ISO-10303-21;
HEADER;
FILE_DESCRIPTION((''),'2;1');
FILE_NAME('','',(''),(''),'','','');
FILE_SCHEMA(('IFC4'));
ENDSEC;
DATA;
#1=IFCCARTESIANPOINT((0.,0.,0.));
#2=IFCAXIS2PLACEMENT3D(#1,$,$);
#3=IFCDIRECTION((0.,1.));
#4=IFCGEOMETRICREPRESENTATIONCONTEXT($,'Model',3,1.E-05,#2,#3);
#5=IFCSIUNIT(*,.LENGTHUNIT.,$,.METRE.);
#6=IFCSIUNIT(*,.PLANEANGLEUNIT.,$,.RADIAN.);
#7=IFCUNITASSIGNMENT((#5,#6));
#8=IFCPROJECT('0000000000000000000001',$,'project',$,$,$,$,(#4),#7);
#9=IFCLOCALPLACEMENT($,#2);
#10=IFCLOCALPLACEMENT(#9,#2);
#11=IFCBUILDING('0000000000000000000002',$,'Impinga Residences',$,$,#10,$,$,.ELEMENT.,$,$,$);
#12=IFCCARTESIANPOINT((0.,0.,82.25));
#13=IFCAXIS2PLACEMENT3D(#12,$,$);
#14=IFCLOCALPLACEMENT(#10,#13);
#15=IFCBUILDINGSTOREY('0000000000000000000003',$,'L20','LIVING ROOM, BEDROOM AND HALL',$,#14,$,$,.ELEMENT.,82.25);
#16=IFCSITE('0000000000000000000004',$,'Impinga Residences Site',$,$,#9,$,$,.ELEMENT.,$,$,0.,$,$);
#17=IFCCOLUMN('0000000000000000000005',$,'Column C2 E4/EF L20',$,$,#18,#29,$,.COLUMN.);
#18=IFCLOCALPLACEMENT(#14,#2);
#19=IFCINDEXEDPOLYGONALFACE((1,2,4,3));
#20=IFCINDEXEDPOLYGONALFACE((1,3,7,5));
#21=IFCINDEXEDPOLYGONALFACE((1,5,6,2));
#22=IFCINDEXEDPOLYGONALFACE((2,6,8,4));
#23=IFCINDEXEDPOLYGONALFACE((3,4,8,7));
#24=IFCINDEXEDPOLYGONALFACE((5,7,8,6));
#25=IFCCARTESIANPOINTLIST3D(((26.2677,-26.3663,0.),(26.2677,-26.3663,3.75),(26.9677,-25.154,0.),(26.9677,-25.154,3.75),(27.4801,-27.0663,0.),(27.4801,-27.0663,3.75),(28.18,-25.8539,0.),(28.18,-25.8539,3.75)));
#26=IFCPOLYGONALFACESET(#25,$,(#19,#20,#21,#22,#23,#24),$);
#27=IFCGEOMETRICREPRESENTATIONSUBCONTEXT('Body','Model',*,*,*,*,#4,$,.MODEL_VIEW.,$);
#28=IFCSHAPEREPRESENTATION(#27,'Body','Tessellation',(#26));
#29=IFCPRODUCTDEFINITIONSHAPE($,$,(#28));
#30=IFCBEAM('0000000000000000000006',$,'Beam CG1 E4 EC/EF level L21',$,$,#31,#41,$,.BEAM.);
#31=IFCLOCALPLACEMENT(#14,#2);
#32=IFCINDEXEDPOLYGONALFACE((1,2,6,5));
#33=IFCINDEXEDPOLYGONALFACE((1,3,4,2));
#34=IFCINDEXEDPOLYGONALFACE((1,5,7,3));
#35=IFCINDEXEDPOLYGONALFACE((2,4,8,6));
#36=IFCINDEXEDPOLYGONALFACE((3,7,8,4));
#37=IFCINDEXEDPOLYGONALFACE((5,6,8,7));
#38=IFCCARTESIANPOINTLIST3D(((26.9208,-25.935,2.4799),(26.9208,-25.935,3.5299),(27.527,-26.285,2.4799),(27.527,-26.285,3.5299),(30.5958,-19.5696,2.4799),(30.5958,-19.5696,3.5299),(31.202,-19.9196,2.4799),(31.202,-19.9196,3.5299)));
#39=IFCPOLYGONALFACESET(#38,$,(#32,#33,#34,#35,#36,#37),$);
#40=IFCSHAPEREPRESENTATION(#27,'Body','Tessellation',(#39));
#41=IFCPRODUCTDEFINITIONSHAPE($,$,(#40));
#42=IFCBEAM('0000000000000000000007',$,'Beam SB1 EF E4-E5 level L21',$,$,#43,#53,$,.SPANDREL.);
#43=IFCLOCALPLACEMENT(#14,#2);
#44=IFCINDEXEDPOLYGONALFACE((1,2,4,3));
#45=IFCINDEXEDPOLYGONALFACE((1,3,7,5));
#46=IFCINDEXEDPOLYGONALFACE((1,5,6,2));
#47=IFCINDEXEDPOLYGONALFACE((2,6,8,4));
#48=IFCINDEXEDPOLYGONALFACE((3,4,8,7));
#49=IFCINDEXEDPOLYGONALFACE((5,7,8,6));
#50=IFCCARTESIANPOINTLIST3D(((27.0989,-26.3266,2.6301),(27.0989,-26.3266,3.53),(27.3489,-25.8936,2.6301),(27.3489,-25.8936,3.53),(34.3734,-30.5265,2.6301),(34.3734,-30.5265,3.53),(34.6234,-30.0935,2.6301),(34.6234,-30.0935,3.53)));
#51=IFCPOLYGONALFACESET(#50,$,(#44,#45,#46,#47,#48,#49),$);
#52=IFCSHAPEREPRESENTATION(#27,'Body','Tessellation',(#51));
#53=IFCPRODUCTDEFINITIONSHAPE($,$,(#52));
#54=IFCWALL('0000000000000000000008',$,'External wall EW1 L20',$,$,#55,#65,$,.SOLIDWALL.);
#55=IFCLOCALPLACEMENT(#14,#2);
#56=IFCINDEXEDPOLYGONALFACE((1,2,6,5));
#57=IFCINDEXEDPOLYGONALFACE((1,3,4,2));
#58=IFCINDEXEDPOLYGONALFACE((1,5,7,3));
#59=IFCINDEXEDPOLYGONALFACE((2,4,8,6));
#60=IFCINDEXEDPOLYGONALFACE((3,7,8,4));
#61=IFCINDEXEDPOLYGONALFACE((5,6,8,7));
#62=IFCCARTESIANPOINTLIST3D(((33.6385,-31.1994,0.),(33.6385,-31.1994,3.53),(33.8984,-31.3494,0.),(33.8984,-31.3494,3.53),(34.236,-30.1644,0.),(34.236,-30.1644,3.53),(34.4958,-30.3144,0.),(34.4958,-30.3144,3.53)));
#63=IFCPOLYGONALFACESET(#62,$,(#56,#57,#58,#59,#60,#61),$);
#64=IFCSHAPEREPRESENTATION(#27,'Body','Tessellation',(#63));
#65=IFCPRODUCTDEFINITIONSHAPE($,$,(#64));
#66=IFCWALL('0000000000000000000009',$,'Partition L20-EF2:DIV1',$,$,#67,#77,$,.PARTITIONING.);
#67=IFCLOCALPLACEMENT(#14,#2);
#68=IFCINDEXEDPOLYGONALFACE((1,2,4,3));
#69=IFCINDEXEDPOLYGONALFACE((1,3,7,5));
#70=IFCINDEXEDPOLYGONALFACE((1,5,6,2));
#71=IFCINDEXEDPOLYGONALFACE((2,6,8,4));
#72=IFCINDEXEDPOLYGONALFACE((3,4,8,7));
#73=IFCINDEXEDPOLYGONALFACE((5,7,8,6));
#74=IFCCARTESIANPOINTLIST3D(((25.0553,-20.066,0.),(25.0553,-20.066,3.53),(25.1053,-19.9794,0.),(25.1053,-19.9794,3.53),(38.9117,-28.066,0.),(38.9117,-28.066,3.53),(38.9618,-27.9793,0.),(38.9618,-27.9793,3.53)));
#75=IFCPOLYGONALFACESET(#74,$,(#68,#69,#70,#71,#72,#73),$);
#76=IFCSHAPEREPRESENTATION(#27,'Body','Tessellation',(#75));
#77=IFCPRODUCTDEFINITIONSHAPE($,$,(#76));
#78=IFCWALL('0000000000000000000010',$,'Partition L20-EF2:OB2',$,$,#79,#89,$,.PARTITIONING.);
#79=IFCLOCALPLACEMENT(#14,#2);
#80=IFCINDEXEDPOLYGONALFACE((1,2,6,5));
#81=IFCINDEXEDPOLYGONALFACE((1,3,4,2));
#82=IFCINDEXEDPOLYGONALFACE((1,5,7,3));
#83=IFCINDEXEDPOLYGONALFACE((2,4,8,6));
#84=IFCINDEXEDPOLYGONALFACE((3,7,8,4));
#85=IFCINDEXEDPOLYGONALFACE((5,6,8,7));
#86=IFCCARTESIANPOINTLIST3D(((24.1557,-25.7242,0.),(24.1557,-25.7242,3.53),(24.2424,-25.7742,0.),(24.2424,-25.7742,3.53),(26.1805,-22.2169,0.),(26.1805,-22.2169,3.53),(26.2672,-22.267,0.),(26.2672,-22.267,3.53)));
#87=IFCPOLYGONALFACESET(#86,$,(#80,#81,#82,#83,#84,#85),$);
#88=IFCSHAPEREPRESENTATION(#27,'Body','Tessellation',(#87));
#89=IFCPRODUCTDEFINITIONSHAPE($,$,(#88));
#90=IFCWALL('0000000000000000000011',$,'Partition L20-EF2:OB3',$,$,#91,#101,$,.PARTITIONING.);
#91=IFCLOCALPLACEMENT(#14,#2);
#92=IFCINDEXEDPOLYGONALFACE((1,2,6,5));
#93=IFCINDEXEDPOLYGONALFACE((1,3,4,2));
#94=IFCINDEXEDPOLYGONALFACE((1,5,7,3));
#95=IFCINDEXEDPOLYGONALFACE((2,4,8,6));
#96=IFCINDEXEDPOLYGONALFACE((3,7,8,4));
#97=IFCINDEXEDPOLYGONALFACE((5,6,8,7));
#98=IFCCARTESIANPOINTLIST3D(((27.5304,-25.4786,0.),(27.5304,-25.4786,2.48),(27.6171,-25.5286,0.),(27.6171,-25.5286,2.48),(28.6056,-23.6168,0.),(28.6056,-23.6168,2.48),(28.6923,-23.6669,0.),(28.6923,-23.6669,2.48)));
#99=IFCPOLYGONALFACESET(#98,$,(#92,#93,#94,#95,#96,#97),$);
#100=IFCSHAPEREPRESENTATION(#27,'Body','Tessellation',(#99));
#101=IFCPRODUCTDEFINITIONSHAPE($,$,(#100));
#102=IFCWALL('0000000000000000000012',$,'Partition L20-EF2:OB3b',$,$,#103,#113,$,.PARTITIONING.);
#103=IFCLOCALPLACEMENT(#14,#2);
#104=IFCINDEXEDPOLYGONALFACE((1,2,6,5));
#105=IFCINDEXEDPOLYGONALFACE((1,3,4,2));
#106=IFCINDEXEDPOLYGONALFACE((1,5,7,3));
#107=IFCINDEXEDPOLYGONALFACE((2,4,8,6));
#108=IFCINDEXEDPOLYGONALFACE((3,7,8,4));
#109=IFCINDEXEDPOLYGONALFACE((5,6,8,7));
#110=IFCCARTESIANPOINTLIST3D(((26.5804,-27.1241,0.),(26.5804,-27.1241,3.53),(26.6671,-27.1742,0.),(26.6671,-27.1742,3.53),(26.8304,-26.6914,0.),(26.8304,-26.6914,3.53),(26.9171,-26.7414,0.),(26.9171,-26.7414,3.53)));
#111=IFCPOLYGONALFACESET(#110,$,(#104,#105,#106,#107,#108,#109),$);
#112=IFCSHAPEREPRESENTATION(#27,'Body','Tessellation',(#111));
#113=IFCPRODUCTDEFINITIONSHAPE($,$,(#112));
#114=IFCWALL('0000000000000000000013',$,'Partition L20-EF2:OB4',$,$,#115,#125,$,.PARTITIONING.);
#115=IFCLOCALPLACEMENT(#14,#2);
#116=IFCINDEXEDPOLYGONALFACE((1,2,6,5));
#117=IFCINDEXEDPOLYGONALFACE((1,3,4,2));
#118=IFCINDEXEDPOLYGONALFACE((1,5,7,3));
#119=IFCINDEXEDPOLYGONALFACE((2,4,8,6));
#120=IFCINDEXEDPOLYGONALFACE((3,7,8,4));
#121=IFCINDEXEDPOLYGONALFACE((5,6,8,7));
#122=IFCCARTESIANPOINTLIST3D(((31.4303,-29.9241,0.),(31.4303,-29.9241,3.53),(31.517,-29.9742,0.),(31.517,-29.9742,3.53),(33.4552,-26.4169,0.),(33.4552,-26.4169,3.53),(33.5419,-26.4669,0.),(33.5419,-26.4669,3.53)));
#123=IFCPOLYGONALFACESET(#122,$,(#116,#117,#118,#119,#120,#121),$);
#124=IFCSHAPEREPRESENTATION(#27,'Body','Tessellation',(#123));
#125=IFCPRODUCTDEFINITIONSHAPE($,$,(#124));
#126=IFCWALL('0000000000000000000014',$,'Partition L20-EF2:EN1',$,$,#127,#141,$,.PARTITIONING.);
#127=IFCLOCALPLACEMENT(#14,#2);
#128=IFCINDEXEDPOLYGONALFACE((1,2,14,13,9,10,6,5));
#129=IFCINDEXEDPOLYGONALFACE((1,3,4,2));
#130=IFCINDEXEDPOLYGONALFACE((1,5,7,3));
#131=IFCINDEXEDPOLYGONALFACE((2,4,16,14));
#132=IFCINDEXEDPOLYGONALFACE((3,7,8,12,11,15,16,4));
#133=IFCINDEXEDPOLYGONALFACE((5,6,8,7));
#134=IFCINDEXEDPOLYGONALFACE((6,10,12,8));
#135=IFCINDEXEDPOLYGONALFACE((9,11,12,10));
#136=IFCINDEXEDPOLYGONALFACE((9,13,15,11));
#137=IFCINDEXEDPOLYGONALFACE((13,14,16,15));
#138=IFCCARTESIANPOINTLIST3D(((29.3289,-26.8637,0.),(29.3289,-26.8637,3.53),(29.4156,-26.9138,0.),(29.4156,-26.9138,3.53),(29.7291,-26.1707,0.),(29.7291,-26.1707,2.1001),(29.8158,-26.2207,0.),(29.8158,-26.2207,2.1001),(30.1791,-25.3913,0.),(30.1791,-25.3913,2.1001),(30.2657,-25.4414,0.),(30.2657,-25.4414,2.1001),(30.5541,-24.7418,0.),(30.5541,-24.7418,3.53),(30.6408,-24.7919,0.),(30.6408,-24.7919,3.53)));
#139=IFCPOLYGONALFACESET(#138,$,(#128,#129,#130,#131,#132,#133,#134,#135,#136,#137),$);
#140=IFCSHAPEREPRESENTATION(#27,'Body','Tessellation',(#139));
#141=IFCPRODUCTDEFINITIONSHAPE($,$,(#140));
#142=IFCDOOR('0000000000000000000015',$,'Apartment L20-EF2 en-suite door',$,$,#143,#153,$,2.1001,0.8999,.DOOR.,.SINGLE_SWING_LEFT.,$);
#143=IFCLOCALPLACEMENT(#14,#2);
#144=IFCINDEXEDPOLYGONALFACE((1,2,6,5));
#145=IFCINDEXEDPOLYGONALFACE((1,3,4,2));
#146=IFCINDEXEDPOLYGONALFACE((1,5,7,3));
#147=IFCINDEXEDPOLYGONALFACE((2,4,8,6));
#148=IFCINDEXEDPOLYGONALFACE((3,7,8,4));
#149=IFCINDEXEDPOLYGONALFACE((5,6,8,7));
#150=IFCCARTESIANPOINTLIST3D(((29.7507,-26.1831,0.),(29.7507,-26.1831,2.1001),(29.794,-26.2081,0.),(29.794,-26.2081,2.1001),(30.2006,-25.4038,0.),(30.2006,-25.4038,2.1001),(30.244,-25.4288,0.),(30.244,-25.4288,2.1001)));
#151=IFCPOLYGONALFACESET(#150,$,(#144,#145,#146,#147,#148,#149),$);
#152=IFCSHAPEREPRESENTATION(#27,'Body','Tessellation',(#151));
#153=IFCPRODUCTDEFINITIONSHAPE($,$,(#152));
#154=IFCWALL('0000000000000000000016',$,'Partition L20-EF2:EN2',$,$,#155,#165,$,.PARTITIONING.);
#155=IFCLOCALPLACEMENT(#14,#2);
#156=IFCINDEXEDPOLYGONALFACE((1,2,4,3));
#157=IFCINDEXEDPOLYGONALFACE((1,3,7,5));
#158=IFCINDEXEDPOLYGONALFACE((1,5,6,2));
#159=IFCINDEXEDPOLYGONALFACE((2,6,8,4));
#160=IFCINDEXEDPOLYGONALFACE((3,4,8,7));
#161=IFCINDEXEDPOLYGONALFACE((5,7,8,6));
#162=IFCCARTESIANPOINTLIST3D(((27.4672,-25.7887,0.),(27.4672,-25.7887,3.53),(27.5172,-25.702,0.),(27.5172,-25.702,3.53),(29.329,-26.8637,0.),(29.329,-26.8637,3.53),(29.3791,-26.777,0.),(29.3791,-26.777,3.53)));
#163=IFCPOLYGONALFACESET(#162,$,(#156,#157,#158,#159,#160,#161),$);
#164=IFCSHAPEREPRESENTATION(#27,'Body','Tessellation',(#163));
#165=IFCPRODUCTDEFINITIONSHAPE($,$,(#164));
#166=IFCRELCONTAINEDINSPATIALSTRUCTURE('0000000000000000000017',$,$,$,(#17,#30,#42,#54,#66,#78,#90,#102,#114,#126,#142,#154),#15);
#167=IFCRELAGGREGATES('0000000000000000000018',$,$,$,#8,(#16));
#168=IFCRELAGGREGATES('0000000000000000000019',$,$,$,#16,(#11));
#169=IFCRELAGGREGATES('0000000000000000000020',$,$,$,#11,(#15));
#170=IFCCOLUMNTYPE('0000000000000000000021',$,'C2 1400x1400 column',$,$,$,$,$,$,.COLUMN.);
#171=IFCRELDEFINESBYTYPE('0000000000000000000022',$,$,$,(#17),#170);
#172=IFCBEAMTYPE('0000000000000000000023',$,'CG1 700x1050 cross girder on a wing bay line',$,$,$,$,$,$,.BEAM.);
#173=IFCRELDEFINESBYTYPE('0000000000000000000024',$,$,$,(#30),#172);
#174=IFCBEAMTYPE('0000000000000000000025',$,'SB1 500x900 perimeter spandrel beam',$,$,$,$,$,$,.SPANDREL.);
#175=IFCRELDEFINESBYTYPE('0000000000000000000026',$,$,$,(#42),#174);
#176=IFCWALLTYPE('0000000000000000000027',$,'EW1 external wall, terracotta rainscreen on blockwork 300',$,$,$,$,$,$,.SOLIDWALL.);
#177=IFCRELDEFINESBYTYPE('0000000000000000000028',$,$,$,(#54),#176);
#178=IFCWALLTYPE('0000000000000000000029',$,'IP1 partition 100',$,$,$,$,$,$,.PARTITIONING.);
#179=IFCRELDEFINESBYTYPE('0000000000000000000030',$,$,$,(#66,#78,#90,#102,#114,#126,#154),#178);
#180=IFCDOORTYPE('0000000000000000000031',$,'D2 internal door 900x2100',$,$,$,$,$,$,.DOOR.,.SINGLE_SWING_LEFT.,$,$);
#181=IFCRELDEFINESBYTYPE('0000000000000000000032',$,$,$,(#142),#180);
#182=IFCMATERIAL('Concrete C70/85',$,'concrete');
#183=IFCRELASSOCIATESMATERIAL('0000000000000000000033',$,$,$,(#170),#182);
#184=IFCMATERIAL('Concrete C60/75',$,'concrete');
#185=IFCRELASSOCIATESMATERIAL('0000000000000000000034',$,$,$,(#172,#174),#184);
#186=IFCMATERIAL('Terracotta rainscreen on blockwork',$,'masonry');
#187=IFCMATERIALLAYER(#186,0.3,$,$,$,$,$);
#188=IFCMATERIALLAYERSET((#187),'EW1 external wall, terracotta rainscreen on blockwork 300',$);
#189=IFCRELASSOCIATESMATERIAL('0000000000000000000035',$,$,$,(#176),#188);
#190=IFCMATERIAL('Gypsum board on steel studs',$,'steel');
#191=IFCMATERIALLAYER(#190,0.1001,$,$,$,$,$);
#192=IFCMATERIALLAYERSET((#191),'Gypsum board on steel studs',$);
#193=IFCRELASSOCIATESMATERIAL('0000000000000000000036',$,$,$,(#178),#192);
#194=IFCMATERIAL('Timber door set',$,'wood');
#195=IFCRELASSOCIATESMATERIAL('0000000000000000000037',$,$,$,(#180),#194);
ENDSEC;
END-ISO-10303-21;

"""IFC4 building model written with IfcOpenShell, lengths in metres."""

from ifc_helpers import new_model, si_unit, direction, frame, frame_2d, origin, origin_2d, place, context, subcontext, project, spatial, rectangle, extrude, material, layer, layer_set, material_profile, profile_set, type_object, element, fill, save


model = new_model("IFC4")

# Units and contexts
model_context = context("Model", 3, precision=1e-05, world=origin(), true_north=direction((0.0, 1.0)))
body_context = subcontext(model_context, "Body", "Model", "MODEL_VIEW")
ifc_project = project(units=[si_unit("LENGTHUNIT", "METRE"), si_unit("PLANEANGLEUNIT", "RADIAN")], contexts=[model_context])

# Site, building, storey
site_placement = place(None, origin())
site = spatial("IfcSite", under=ifc_project, at=site_placement, Name="Impinga Residences Site", CompositionType="ELEMENT", RefElevation=0.0)
building_placement = place(site_placement, origin())
building = spatial("IfcBuilding", under=site, at=building_placement, Name="Impinga Residences", CompositionType="ELEMENT")
storey_placement = place(building_placement, frame((0.0, 0.0, 82.25)))
storey = spatial("IfcBuildingStorey", under=building, at=storey_placement, Name="L20", Description="LIVING ROOM, BEDROOM AND HALL", CompositionType="ELEMENT", Elevation=82.25)

# Column
ifc_material_1 = material(Name="Concrete C70/85", Category="concrete")
ifc_material_profile_1 = material_profile(ifc_material_1, rectangle(XDim=1.3999, YDim=1.3999, at=origin_2d()), Name="RC 1400x1400")
ifc_profile_set_1 = profile_set([ifc_material_profile_1], Name="Concrete C70/85")
column_type = type_object("IfcColumnType", Name="C2 1400x1400 column", PredefinedType="COLUMN", material=ifc_profile_set_1)
column_placement = place(storey_placement, frame((27.2239, -26.1101, 0.0), z_axis=(0.0, 0.0, 1.0), x_axis=(-0.5, -0.866025, 0.0)))
element("IfcColumn", 1, at=column_placement, inside=storey, type_object=column_type, Name="Column C2 E4/EF L20", PredefinedType="COLUMN", context=body_context, shape_type="SweptSolid", body=[
    extrude(rectangle(XDim=1.3999, YDim=1.3999, at=origin_2d()), origin(), (0.0, 0.0, 1.0), 3.75),
])

# Beams
ifc_material_2 = material(Name="Concrete C60/75", Category="concrete")
ifc_material_profile_2 = material_profile(ifc_material_2, rectangle(XDim=0.7, YDim=1.05, at=origin_2d()), Name="RC 700x1050")
ifc_profile_set_2 = profile_set([ifc_material_profile_2], Name="Concrete C60/75")
beam_type_1 = type_object("IfcBeamType", Name="CG1 700x1050 cross girder on a wing bay line", PredefinedType="BEAM", material=ifc_profile_set_2)
beam_1_placement = place(storey_placement, frame((30.8989, -19.7446, 3.0049), z_axis=(-0.499994, -0.866029, 0.0), x_axis=(0.866029, -0.499994, 0.0)))
element("IfcBeam", 2, at=beam_1_placement, inside=storey, type_object=beam_type_1, Name="Beam CG1 E4 EC/EF level L21", PredefinedType="BEAM", context=body_context, shape_type="SweptSolid", body=[
    extrude(rectangle(XDim=0.7, YDim=1.05, at=origin_2d()), origin(), (0.0, 0.0, 1.0), 7.3501),
])
ifc_material_profile_3 = material_profile(ifc_material_2, rectangle(XDim=0.5, YDim=0.8999, at=origin_2d()), Name="RC 500x900")
ifc_profile_set_3 = profile_set([ifc_material_profile_3], Name="Concrete C60/75")
beam_type_2 = type_object("IfcBeamType", Name="SB1 500x900 perimeter spandrel beam", PredefinedType="SPANDREL", material=ifc_profile_set_3)
beam_2_placement = place(storey_placement, frame((27.2239, -26.1101, 3.0801), z_axis=(0.866029, -0.499993, 0.0), x_axis=(0.499993, 0.866029, 0.0)))
element("IfcBeam", 3, at=beam_2_placement, inside=storey, type_object=beam_type_2, Name="Beam SB1 EF E4-E5 level L21", PredefinedType="SPANDREL", context=body_context, shape_type="SweptSolid", body=[
    extrude(rectangle(XDim=0.5, YDim=0.8999, at=origin_2d()), origin(), (0.0, 0.0, 1.0), 8.3999),
])

# Wall
ifc_material_3 = material(Name="Terracotta rainscreen on blockwork", Category="masonry")
ifc_layer_1 = layer(ifc_material_3, 0.3)
ifc_layer_set_1 = layer_set([ifc_layer_1], Name="EW1 external wall, terracotta rainscreen on blockwork 300")
wall_type_1 = type_object("IfcWallType", Name="EW1 external wall, terracotta rainscreen on blockwork 300", PredefinedType="SOLIDWALL", material=ifc_layer_set_1)
wall_1_placement = place(storey_placement, frame((34.366, -30.2393, 0.0), z_axis=(0.0, 0.0, 1.0), x_axis=(-0.499941, -0.86606, 0.0)))
element("IfcWall", 4, at=wall_1_placement, inside=storey, type_object=wall_type_1, Name="External wall EW1 L20", PredefinedType="SOLIDWALL", context=body_context, shape_type="SweptSolid", body=[
    extrude(rectangle(XDim=1.1951, YDim=0.3, at=frame_2d((0.5977, 0.0))), origin(), (0.0, 0.0, 1.0), 3.53),
])

# Walls
ifc_material_4 = material(Name="Gypsum board on steel studs", Category="steel")
ifc_layer_2 = layer(ifc_material_4, 0.1001)
ifc_layer_set_2 = layer_set([ifc_layer_2], Name="Gypsum board on steel studs")
wall_type_2 = type_object("IfcWallType", Name="IP1 partition 100", PredefinedType="PARTITIONING", material=ifc_layer_set_2)
wall_2_placement = place(storey_placement, frame((25.0803, -20.0227, 0.0), z_axis=(0.0, 0.0, 1.0), x_axis=(0.866026, -0.499999, 0.0)))
element("IfcWall", 5, at=wall_2_placement, inside=storey, type_object=wall_type_2, Name="Partition L20-EF2:DIV1", PredefinedType="PARTITIONING", context=body_context, shape_type="SweptSolid", body=[
    extrude(rectangle(XDim=16.0, YDim=0.1001, at=frame_2d((8.0, 0.0))), origin(), (0.0, 0.0, 1.0), 3.53),
])
wall_3_placement = place(storey_placement, frame((26.2239, -22.2419, 0.0), z_axis=(0.0, 0.0, 1.0), x_axis=(-0.49999, -0.866031, 0.0)))
element("IfcWall", 6, at=wall_3_placement, inside=storey, type_object=wall_type_2, Name="Partition L20-EF2:OB2", PredefinedType="PARTITIONING", context=body_context, shape_type="SweptSolid", body=[
    extrude(rectangle(XDim=4.0498, YDim=0.1001, at=frame_2d((2.0249, 0.0))), origin(), (0.0, 0.0, 1.0), 3.53),
])
wall_4_placement = place(storey_placement, frame((28.6489, -23.6418, 0.0), z_axis=(0.0, 0.0, 1.0), x_axis=(-0.500096, -0.86597, 0.0)))
element("IfcWall", 7, at=wall_4_placement, inside=storey, type_object=wall_type_2, Name="Partition L20-EF2:OB3", PredefinedType="PARTITIONING", context=body_context, shape_type="SweptSolid", body=[
    extrude(rectangle(XDim=2.1499, YDim=0.1001, at=frame_2d((1.075, 0.0))), origin(), (0.0, 0.0, 1.0), 2.48),
])
wall_5_placement = place(storey_placement, frame((26.8738, -26.7163, 0.0), z_axis=(0.0, 0.0, 1.0), x_axis=(-0.500131, -0.86595, 0.0)))
element("IfcWall", 8, at=wall_5_placement, inside=storey, type_object=wall_type_2, Name="Partition L20-EF2:OB3b", PredefinedType="PARTITIONING", context=body_context, shape_type="SweptSolid", body=[
    extrude(rectangle(XDim=0.4998, YDim=0.1001, at=frame_2d((0.25, 0.0))), origin(), (0.0, 0.0, 1.0), 3.53),
])
wall_6_placement = place(storey_placement, frame((33.4985, -26.4419, 0.0), z_axis=(0.0, 0.0, 1.0), x_axis=(-0.49999, -0.866031, 0.0)))
element("IfcWall", 9, at=wall_6_placement, inside=storey, type_object=wall_type_2, Name="Partition L20-EF2:OB4", PredefinedType="PARTITIONING", context=body_context, shape_type="SweptSolid", body=[
    extrude(rectangle(XDim=4.0498, YDim=0.1001, at=frame_2d((2.0249, 0.0))), origin(), (0.0, 0.0, 1.0), 3.53),
])

# Wall, opening, door
wall_7_placement = place(storey_placement, frame((30.5974, -24.7668, 0.0), z_axis=(0.0, 0.0, 1.0), x_axis=(-0.500019, -0.866015, 0.0)))
wall_7 = element("IfcWall", 10, at=wall_7_placement, inside=storey, type_object=wall_type_2, Name="Partition L20-EF2:EN1", PredefinedType="PARTITIONING", context=body_context, shape_type="SweptSolid", body=[
    extrude(rectangle(XDim=2.4502, YDim=0.1001, at=frame_2d((1.2251, 0.0))), origin(), (0.0, 0.0, 1.0), 3.53),
])
opening_1_placement = place(wall_7_placement, frame((0.75, 0.0, 0.0)))
opening_1 = element("IfcOpeningElement", 11, at=opening_1_placement, cuts=wall_7, PredefinedType="OPENING", context=body_context, shape_type="SweptSolid", body=[
    extrude(rectangle(XDim=0.8999, YDim=2.1001, at=frame_2d((0.45, 1.05))), frame((0.0, 0.0601, 0.0), z_axis=(0.0, -1.0, 0.0), x_axis=(1.0, 0.0, 0.0)), (0.0, 0.0, 1.0), 0.1201),
])
ifc_material_5 = material(Name="Timber door set", Category="wood")
door_type = type_object("IfcDoorType", Name="D2 internal door 900x2100", OperationType="SINGLE_SWING_LEFT", PredefinedType="DOOR", material=ifc_material_5)
door_placement = place(opening_1_placement, origin())
door = element("IfcDoor", 12, at=door_placement, inside=storey, type_object=door_type, Name="Apartment L20-EF2 en-suite door", OperationType="SINGLE_SWING_LEFT", OverallHeight=2.1001, OverallWidth=0.8999, PredefinedType="DOOR", context=body_context, shape_type="SweptSolid", body=[
    extrude(rectangle(XDim=0.8999, YDim=2.1001, at=frame_2d((0.45, 1.05))), frame((0.0, 0.0249, 0.0), z_axis=(0.0, -1.0, 0.0), x_axis=(1.0, 0.0, 0.0)), (0.0, 0.0, 1.0), 0.05),
])
fill(opening_1, door)

# Wall
wall_8_placement = place(storey_placement, frame((27.4922, -25.7454, 0.0), z_axis=(0.0, 0.0, 1.0), x_axis=(0.866019, -0.500011, 0.0)))
element("IfcWall", 13, at=wall_8_placement, inside=storey, type_object=wall_type_2, Name="Partition L20-EF2:EN2", PredefinedType="PARTITIONING", context=body_context, shape_type="SweptSolid", body=[
    extrude(rectangle(XDim=2.1499, YDim=0.1001, at=frame_2d((1.075, 0.0))), origin(), (0.0, 0.0, 1.0), 3.53),
])

save(model, "model.ifc")
